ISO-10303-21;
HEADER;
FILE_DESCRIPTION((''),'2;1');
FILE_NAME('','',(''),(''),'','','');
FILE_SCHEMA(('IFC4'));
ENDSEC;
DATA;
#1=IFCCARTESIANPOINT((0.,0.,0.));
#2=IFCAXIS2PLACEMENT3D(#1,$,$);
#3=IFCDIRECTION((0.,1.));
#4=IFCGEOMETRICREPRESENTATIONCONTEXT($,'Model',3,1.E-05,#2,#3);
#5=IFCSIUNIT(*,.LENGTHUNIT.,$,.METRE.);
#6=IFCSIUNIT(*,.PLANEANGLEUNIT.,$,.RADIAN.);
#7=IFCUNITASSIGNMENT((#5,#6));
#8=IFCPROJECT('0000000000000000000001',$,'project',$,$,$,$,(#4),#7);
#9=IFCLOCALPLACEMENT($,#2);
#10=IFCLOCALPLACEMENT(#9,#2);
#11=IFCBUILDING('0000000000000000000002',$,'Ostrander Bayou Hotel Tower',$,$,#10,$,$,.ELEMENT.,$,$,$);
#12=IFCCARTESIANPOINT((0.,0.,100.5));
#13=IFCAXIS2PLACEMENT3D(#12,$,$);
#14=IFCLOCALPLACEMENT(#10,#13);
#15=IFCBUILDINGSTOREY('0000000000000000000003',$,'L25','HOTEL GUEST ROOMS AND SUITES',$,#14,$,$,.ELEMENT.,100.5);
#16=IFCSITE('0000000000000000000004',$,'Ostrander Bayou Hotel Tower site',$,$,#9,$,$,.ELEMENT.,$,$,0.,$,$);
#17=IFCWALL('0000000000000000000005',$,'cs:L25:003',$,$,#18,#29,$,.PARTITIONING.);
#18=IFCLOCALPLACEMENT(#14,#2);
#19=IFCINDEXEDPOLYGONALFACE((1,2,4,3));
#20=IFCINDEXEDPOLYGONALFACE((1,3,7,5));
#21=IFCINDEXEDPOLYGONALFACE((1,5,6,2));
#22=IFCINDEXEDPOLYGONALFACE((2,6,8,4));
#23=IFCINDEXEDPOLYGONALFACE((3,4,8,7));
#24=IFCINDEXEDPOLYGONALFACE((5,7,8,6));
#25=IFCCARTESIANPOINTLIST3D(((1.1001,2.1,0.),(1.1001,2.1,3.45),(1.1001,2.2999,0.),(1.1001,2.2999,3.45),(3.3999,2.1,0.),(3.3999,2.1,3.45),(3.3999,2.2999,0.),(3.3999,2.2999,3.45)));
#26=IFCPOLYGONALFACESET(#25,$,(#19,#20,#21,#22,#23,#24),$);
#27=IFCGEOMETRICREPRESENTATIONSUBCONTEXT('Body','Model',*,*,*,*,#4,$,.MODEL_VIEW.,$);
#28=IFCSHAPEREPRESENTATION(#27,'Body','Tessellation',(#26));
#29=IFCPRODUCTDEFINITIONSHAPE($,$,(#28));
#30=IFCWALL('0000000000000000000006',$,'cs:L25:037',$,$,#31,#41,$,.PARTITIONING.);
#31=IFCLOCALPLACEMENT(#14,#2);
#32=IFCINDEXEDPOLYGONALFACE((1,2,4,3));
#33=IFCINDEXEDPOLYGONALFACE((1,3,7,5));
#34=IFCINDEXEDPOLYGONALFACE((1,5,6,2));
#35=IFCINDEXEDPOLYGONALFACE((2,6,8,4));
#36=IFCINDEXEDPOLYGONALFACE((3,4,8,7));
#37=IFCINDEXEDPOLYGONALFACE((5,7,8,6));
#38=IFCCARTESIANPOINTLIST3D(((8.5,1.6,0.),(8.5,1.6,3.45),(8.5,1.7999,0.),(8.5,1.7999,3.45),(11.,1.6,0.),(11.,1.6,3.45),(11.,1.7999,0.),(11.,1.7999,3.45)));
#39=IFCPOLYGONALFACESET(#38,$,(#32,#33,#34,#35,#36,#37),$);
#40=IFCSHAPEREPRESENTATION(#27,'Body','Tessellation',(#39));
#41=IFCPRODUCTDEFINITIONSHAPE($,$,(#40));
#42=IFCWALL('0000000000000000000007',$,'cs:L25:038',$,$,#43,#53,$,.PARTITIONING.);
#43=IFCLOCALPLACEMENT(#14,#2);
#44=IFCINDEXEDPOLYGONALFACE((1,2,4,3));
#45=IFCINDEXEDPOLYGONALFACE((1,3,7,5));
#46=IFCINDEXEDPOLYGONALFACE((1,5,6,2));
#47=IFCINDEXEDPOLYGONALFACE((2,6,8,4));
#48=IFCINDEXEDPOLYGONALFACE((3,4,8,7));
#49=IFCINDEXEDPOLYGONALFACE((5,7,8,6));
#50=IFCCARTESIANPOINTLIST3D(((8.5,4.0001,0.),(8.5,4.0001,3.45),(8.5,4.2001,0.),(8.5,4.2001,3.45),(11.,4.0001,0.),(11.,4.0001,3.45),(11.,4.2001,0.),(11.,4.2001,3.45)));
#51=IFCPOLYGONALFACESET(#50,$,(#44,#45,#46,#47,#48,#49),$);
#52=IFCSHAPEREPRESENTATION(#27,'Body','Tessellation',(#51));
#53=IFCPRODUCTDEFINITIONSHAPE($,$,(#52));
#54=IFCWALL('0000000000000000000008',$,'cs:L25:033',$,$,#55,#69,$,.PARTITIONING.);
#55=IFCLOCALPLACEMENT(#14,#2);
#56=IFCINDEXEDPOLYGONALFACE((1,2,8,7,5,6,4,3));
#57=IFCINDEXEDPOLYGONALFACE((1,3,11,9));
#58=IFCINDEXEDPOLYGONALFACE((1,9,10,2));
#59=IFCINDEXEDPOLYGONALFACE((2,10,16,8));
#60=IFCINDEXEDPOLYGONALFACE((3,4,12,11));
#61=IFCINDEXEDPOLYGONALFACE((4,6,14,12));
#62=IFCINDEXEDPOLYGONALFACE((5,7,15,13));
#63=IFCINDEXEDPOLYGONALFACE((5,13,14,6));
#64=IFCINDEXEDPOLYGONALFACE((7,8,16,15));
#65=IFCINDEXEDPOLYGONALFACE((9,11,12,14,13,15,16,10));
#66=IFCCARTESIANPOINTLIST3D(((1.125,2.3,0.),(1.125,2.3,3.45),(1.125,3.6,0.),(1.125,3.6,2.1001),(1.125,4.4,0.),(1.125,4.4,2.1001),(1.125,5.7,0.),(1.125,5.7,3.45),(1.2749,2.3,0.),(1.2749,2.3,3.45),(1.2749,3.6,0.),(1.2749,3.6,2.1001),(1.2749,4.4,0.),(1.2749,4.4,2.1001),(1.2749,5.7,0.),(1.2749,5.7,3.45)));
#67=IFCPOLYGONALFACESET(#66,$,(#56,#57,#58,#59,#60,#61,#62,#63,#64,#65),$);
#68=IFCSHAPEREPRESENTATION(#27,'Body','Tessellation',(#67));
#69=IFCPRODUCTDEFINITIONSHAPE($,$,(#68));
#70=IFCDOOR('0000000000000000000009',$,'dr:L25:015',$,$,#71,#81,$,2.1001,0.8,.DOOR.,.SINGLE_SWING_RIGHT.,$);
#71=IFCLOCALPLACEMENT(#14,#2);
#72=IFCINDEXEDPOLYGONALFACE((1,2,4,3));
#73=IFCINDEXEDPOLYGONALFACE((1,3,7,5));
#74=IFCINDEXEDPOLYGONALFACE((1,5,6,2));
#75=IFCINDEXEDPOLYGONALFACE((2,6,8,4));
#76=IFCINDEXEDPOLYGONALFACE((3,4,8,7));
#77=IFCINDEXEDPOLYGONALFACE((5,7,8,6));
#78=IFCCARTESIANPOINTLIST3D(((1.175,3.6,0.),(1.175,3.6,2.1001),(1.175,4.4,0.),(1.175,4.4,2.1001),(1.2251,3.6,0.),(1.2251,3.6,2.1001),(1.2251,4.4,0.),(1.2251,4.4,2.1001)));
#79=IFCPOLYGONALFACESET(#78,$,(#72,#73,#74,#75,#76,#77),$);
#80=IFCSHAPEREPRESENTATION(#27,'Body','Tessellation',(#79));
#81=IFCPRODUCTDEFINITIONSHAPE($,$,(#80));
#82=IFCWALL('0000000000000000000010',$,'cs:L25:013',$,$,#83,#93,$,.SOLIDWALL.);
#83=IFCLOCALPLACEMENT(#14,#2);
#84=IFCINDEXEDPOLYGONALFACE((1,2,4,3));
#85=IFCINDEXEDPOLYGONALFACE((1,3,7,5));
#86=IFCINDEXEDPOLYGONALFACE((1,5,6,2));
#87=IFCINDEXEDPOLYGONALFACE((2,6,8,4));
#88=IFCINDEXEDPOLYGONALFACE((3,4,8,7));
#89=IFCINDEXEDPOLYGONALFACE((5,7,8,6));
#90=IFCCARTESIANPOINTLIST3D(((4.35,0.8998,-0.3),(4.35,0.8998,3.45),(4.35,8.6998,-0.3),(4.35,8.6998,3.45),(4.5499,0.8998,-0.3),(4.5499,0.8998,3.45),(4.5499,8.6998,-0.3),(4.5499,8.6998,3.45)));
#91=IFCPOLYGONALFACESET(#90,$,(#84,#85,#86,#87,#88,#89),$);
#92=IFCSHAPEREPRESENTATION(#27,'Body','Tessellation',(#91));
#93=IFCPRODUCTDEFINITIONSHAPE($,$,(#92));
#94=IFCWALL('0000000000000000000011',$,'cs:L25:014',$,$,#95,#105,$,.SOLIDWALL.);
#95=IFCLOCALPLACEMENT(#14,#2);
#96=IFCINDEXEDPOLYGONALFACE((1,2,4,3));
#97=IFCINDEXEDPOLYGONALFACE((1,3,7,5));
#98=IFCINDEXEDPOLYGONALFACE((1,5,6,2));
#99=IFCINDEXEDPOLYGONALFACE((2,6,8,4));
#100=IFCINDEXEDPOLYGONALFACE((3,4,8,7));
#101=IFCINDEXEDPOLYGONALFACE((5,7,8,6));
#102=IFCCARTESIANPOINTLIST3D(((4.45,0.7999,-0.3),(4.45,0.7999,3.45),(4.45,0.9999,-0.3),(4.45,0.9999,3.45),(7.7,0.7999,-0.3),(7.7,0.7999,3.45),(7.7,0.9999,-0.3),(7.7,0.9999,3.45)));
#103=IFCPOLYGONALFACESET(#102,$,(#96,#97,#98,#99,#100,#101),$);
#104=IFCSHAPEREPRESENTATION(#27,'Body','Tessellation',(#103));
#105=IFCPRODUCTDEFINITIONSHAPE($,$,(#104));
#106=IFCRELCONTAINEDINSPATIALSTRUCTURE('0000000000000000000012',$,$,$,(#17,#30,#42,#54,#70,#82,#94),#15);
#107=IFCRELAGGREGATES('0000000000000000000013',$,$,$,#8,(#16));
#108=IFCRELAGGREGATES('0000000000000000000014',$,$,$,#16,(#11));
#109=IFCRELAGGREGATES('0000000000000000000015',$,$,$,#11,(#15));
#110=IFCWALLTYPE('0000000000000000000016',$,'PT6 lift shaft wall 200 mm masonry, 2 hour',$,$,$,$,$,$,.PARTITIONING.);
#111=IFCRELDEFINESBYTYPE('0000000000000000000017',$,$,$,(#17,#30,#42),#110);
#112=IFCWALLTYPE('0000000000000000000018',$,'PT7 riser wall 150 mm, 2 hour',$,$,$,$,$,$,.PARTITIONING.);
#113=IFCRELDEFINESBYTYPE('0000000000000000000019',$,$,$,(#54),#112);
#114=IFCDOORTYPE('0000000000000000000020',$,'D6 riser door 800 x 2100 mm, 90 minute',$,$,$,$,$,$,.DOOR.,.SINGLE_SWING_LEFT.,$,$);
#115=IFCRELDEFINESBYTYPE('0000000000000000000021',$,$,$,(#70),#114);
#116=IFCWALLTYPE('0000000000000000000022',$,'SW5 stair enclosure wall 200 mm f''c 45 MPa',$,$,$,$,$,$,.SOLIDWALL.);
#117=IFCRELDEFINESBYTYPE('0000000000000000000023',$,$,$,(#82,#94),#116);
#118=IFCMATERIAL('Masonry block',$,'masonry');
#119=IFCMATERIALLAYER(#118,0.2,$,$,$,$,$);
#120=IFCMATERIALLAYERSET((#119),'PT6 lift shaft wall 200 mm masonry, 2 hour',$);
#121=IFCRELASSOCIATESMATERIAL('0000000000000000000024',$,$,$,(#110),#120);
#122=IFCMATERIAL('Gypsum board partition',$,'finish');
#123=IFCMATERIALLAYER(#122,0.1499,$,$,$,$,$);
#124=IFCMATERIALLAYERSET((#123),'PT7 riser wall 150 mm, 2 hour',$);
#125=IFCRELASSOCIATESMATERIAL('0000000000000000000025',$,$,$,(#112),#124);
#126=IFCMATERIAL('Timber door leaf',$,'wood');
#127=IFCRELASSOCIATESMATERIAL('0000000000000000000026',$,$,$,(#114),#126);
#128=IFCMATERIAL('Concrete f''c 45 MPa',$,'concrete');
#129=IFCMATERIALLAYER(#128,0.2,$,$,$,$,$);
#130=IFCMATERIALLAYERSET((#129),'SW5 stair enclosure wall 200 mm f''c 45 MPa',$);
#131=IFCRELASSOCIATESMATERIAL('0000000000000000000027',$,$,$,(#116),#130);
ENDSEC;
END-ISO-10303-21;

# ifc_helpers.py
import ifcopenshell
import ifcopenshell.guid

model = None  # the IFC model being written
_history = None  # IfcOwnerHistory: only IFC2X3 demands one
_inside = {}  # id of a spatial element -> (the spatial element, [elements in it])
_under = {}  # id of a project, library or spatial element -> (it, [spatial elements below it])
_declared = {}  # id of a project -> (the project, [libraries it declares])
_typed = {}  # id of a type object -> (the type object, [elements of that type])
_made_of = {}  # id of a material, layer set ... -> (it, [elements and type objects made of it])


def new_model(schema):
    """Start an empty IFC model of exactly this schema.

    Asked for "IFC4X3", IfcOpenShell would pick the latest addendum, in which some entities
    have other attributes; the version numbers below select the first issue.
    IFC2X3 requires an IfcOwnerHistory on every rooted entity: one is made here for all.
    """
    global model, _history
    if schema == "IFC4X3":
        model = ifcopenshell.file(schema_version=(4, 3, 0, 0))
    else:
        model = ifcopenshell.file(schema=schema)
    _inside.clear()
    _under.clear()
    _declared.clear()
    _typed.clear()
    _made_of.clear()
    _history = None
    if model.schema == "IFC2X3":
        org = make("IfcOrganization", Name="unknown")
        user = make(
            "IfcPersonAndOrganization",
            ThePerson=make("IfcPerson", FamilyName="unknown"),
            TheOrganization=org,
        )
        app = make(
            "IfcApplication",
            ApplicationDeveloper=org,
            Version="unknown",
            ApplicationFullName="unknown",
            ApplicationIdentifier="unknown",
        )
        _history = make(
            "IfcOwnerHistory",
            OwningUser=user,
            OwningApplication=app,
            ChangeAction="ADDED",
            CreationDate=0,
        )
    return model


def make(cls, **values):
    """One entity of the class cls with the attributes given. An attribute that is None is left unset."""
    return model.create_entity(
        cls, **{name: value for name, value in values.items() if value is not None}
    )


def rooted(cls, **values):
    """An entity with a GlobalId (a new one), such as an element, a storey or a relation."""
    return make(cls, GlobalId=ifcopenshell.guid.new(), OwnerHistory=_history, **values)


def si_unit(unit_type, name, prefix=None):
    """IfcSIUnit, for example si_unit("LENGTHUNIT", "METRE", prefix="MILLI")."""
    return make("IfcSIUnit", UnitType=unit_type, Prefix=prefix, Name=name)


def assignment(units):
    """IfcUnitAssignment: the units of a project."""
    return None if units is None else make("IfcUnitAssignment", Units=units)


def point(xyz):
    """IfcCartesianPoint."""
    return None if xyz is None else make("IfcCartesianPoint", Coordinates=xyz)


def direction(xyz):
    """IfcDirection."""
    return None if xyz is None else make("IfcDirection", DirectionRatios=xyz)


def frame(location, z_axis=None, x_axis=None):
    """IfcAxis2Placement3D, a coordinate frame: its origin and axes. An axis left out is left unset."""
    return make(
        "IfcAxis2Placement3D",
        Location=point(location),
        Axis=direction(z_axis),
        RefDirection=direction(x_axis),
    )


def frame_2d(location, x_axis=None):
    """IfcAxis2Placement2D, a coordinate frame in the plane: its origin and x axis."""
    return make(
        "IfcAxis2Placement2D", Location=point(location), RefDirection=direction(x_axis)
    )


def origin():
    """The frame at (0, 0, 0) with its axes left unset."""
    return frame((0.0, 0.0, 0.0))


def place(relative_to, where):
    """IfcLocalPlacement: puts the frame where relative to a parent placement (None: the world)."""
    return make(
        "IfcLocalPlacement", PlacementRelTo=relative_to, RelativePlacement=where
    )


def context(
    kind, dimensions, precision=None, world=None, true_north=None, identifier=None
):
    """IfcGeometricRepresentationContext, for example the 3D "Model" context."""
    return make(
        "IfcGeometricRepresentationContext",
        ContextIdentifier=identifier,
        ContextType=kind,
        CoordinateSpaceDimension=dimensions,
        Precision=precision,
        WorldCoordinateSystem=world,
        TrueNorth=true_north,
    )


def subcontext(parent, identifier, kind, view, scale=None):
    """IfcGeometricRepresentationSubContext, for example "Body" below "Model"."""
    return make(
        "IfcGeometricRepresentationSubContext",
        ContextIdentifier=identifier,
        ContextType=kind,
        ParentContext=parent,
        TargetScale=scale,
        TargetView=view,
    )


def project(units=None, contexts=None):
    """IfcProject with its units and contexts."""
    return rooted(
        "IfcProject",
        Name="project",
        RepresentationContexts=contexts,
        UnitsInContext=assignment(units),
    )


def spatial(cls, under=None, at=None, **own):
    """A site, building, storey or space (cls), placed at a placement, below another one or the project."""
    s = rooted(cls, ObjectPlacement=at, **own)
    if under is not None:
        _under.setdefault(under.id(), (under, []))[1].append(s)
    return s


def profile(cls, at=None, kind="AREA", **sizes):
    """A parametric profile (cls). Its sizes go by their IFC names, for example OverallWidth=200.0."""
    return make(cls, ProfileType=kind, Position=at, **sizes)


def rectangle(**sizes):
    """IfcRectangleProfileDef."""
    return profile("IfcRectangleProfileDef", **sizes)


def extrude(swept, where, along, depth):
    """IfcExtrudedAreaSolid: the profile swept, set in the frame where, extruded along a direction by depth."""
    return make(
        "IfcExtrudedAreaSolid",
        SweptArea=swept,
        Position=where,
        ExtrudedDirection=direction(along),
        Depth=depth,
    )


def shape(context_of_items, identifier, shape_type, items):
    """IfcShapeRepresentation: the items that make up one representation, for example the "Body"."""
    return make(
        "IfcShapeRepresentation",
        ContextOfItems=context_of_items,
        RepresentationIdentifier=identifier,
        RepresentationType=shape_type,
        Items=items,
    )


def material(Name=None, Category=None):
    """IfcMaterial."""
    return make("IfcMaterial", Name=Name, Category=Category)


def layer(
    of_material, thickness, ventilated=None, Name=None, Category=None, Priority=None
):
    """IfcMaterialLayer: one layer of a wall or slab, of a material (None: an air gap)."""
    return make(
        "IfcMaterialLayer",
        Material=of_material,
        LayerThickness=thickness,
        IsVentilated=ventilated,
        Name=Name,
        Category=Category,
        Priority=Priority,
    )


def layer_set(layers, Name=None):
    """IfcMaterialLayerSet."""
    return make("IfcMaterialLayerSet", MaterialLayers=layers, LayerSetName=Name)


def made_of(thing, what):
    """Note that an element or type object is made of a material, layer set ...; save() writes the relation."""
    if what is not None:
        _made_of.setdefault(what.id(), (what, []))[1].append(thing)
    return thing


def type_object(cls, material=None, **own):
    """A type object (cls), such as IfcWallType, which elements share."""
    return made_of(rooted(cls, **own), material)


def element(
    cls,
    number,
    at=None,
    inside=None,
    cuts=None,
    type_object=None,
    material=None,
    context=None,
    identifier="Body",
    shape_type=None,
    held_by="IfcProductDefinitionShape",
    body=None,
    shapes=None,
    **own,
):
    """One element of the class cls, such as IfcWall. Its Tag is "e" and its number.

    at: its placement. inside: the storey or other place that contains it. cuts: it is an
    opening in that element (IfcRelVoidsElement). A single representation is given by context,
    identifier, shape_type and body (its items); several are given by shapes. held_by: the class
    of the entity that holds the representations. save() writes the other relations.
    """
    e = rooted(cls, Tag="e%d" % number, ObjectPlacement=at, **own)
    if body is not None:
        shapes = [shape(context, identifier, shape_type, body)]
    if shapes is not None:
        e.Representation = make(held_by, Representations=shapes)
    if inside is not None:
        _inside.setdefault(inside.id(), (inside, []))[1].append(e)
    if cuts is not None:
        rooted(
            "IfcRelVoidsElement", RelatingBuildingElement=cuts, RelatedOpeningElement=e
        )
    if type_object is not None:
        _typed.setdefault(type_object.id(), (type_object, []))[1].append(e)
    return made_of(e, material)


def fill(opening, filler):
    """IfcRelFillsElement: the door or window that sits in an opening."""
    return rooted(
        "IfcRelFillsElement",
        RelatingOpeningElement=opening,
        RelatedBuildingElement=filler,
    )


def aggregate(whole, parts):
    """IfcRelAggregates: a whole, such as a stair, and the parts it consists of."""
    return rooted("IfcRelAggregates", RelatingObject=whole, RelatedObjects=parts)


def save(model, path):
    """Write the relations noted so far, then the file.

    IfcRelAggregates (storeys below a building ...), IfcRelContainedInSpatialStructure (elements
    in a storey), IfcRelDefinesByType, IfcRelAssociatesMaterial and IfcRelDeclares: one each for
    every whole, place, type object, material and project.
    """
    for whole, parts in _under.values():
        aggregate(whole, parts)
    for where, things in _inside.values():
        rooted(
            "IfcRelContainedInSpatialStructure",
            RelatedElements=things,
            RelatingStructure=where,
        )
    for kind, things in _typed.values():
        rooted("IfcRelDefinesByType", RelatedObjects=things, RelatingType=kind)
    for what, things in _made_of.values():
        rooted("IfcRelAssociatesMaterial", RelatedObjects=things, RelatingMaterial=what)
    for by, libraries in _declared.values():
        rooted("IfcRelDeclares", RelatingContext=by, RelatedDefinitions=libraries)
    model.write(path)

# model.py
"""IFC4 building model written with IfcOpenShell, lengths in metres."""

from ifc_helpers import new_model, si_unit, direction, frame, frame_2d, origin, place, context, subcontext, project, spatial, rectangle, extrude, material, layer, layer_set, type_object, element, fill, save


model = new_model("IFC4")

# Units and contexts
model_context = context("Model", 3, precision=1e-05, world=origin(), true_north=direction((0.0, 1.0)))
body_context = subcontext(model_context, "Body", "Model", "MODEL_VIEW")
ifc_project = project(units=[si_unit("LENGTHUNIT", "METRE"), si_unit("PLANEANGLEUNIT", "RADIAN")], contexts=[model_context])

# Site, building, storey
site_placement = place(None, origin())
site = spatial("IfcSite", under=ifc_project, at=site_placement, Name="Ostrander Bayou Hotel Tower site", CompositionType="ELEMENT", RefElevation=0.0)
building_placement = place(site_placement, origin())
building = spatial("IfcBuilding", under=site, at=building_placement, Name="Ostrander Bayou Hotel Tower", CompositionType="ELEMENT")
storey_placement = place(building_placement, frame((0.0, 0.0, 100.5)))
storey = spatial("IfcBuildingStorey", under=building, at=storey_placement, Name="L25", Description="HOTEL GUEST ROOMS AND SUITES", CompositionType="ELEMENT", Elevation=100.5)

# Walls
ifc_material_1 = material(Name="Masonry block", Category="masonry")
ifc_layer_1 = layer(ifc_material_1, 0.2)
ifc_layer_set_1 = layer_set([ifc_layer_1], Name="PT6 lift shaft wall 200 mm masonry, 2 hour")
wall_type_1 = type_object("IfcWallType", Name="PT6 lift shaft wall 200 mm masonry, 2 hour", PredefinedType="PARTITIONING", material=ifc_layer_set_1)
wall_1_placement = place(storey_placement, frame((1.1001, 2.2, 0.0), z_axis=(0.0, 0.0, 1.0), x_axis=(1.0, 0.0, 0.0)))
element("IfcWall", 1, at=wall_1_placement, inside=storey, type_object=wall_type_1, Name="cs:L25:003", PredefinedType="PARTITIONING", context=body_context, shape_type="SweptSolid", body=[
    extrude(rectangle(XDim=2.2998, YDim=0.2, at=frame_2d((1.1499, 0.0))), origin(), (0.0, 0.0, 1.0), 3.45),
])
for number, where, z_axis, x_axis, name in (
    (2, (8.5, 1.7, 0.0), (0.0, 0.0, 1.0), (1.0, 0.0, 0.0), "cs:L25:037"),
    (3, (8.5, 4.1001, 0.0), (0.0, 0.0, 1.0), (1.0, 0.0, 0.0), "cs:L25:038"),
):
    element("IfcWall", number, at=place(storey_placement, frame(where, z_axis=z_axis, x_axis=x_axis)), inside=storey, type_object=wall_type_1, Name=name, PredefinedType="PARTITIONING", context=body_context, shape_type="SweptSolid", body=[
        extrude(rectangle(XDim=2.5, YDim=0.2, at=frame_2d((1.25, 0.0))), origin(), (0.0, 0.0, 1.0), 3.45),
    ])

# Wall, opening, door
ifc_material_2 = material(Name="Gypsum board partition", Category="finish")
ifc_layer_2 = layer(ifc_material_2, 0.1499)
ifc_layer_set_2 = layer_set([ifc_layer_2], Name="PT7 riser wall 150 mm, 2 hour")
wall_type_2 = type_object("IfcWallType", Name="PT7 riser wall 150 mm, 2 hour", PredefinedType="PARTITIONING", material=ifc_layer_set_2)
wall_2_placement = place(storey_placement, frame((1.2, 2.3, 0.0), z_axis=(0.0, 0.0, 1.0), x_axis=(0.0, 1.0, 0.0)))
wall_2 = element("IfcWall", 4, at=wall_2_placement, inside=storey, type_object=wall_type_2, Name="cs:L25:033", PredefinedType="PARTITIONING", context=body_context, shape_type="SweptSolid", body=[
    extrude(rectangle(XDim=3.3999, YDim=0.1499, at=frame_2d((1.7, 0.0))), origin(), (0.0, 0.0, 1.0), 3.45),
])
opening_placement = place(wall_2_placement, frame((1.3, 0.0, 0.0)))
opening = element("IfcOpeningElement", 5, at=opening_placement, cuts=wall_2, PredefinedType="OPENING", context=body_context, shape_type="SweptSolid", body=[
    extrude(rectangle(XDim=0.8, YDim=2.1001, at=frame_2d((0.3999, 1.05))), frame((0.0, 0.075, 0.0), z_axis=(0.0, -1.0, 0.0), x_axis=(1.0, 0.0, 0.0)), (0.0, 0.0, 1.0), 0.1499),
])
ifc_material_3 = material(Name="Timber door leaf", Category="wood")
door_type = type_object("IfcDoorType", Name="D6 riser door 800 x 2100 mm, 90 minute", OperationType="SINGLE_SWING_LEFT", PredefinedType="DOOR", material=ifc_material_3)
door_placement = place(opening_placement, origin())
door = element("IfcDoor", 6, at=door_placement, inside=storey, type_object=door_type, Name="dr:L25:015", OperationType="SINGLE_SWING_RIGHT", OverallHeight=2.1001, OverallWidth=0.8, PredefinedType="DOOR", context=body_context, shape_type="SweptSolid", body=[
    extrude(rectangle(XDim=0.8, YDim=2.1001, at=frame_2d((0.3999, 1.05))), frame((0.0, 0.0249, 0.0), z_axis=(0.0, -1.0, 0.0), x_axis=(1.0, 0.0, 0.0)), (0.0, 0.0, 1.0), 0.05),
])
fill(opening, door)

# Walls
ifc_material_4 = material(Name="Concrete f'c 45 MPa", Category="concrete")
ifc_layer_3 = layer(ifc_material_4, 0.2)
ifc_layer_set_3 = layer_set([ifc_layer_3], Name="SW5 stair enclosure wall 200 mm f'c 45 MPa")
wall_type_3 = type_object("IfcWallType", Name="SW5 stair enclosure wall 200 mm f'c 45 MPa", PredefinedType="SOLIDWALL", material=ifc_layer_set_3)
wall_3_placement = place(storey_placement, frame((4.45, 0.8999, -0.3), z_axis=(0.0, 0.0, 1.0), x_axis=(0.0, 1.0, 0.0)))
element("IfcWall", 7, at=wall_3_placement, inside=storey, type_object=wall_type_3, Name="cs:L25:013", PredefinedType="SOLIDWALL", context=body_context, shape_type="SweptSolid", body=[
    extrude(rectangle(XDim=7.8, YDim=0.2, at=frame_2d((3.8999, 0.0))), origin(), (0.0, 0.0, 1.0), 3.75),
])
wall_4_placement = place(storey_placement, frame((4.45, 0.8999, -0.3), z_axis=(0.0, 0.0, 1.0), x_axis=(1.0, 0.0, 0.0)))
element("IfcWall", 8, at=wall_4_placement, inside=storey, type_object=wall_type_3, Name="cs:L25:014", PredefinedType="SOLIDWALL", context=body_context, shape_type="SweptSolid", body=[
    extrude(rectangle(XDim=3.25, YDim=0.2, at=frame_2d((1.625, 0.0))), origin(), (0.0, 0.0, 1.0), 3.75),
])

save(model, "model.ifc")
